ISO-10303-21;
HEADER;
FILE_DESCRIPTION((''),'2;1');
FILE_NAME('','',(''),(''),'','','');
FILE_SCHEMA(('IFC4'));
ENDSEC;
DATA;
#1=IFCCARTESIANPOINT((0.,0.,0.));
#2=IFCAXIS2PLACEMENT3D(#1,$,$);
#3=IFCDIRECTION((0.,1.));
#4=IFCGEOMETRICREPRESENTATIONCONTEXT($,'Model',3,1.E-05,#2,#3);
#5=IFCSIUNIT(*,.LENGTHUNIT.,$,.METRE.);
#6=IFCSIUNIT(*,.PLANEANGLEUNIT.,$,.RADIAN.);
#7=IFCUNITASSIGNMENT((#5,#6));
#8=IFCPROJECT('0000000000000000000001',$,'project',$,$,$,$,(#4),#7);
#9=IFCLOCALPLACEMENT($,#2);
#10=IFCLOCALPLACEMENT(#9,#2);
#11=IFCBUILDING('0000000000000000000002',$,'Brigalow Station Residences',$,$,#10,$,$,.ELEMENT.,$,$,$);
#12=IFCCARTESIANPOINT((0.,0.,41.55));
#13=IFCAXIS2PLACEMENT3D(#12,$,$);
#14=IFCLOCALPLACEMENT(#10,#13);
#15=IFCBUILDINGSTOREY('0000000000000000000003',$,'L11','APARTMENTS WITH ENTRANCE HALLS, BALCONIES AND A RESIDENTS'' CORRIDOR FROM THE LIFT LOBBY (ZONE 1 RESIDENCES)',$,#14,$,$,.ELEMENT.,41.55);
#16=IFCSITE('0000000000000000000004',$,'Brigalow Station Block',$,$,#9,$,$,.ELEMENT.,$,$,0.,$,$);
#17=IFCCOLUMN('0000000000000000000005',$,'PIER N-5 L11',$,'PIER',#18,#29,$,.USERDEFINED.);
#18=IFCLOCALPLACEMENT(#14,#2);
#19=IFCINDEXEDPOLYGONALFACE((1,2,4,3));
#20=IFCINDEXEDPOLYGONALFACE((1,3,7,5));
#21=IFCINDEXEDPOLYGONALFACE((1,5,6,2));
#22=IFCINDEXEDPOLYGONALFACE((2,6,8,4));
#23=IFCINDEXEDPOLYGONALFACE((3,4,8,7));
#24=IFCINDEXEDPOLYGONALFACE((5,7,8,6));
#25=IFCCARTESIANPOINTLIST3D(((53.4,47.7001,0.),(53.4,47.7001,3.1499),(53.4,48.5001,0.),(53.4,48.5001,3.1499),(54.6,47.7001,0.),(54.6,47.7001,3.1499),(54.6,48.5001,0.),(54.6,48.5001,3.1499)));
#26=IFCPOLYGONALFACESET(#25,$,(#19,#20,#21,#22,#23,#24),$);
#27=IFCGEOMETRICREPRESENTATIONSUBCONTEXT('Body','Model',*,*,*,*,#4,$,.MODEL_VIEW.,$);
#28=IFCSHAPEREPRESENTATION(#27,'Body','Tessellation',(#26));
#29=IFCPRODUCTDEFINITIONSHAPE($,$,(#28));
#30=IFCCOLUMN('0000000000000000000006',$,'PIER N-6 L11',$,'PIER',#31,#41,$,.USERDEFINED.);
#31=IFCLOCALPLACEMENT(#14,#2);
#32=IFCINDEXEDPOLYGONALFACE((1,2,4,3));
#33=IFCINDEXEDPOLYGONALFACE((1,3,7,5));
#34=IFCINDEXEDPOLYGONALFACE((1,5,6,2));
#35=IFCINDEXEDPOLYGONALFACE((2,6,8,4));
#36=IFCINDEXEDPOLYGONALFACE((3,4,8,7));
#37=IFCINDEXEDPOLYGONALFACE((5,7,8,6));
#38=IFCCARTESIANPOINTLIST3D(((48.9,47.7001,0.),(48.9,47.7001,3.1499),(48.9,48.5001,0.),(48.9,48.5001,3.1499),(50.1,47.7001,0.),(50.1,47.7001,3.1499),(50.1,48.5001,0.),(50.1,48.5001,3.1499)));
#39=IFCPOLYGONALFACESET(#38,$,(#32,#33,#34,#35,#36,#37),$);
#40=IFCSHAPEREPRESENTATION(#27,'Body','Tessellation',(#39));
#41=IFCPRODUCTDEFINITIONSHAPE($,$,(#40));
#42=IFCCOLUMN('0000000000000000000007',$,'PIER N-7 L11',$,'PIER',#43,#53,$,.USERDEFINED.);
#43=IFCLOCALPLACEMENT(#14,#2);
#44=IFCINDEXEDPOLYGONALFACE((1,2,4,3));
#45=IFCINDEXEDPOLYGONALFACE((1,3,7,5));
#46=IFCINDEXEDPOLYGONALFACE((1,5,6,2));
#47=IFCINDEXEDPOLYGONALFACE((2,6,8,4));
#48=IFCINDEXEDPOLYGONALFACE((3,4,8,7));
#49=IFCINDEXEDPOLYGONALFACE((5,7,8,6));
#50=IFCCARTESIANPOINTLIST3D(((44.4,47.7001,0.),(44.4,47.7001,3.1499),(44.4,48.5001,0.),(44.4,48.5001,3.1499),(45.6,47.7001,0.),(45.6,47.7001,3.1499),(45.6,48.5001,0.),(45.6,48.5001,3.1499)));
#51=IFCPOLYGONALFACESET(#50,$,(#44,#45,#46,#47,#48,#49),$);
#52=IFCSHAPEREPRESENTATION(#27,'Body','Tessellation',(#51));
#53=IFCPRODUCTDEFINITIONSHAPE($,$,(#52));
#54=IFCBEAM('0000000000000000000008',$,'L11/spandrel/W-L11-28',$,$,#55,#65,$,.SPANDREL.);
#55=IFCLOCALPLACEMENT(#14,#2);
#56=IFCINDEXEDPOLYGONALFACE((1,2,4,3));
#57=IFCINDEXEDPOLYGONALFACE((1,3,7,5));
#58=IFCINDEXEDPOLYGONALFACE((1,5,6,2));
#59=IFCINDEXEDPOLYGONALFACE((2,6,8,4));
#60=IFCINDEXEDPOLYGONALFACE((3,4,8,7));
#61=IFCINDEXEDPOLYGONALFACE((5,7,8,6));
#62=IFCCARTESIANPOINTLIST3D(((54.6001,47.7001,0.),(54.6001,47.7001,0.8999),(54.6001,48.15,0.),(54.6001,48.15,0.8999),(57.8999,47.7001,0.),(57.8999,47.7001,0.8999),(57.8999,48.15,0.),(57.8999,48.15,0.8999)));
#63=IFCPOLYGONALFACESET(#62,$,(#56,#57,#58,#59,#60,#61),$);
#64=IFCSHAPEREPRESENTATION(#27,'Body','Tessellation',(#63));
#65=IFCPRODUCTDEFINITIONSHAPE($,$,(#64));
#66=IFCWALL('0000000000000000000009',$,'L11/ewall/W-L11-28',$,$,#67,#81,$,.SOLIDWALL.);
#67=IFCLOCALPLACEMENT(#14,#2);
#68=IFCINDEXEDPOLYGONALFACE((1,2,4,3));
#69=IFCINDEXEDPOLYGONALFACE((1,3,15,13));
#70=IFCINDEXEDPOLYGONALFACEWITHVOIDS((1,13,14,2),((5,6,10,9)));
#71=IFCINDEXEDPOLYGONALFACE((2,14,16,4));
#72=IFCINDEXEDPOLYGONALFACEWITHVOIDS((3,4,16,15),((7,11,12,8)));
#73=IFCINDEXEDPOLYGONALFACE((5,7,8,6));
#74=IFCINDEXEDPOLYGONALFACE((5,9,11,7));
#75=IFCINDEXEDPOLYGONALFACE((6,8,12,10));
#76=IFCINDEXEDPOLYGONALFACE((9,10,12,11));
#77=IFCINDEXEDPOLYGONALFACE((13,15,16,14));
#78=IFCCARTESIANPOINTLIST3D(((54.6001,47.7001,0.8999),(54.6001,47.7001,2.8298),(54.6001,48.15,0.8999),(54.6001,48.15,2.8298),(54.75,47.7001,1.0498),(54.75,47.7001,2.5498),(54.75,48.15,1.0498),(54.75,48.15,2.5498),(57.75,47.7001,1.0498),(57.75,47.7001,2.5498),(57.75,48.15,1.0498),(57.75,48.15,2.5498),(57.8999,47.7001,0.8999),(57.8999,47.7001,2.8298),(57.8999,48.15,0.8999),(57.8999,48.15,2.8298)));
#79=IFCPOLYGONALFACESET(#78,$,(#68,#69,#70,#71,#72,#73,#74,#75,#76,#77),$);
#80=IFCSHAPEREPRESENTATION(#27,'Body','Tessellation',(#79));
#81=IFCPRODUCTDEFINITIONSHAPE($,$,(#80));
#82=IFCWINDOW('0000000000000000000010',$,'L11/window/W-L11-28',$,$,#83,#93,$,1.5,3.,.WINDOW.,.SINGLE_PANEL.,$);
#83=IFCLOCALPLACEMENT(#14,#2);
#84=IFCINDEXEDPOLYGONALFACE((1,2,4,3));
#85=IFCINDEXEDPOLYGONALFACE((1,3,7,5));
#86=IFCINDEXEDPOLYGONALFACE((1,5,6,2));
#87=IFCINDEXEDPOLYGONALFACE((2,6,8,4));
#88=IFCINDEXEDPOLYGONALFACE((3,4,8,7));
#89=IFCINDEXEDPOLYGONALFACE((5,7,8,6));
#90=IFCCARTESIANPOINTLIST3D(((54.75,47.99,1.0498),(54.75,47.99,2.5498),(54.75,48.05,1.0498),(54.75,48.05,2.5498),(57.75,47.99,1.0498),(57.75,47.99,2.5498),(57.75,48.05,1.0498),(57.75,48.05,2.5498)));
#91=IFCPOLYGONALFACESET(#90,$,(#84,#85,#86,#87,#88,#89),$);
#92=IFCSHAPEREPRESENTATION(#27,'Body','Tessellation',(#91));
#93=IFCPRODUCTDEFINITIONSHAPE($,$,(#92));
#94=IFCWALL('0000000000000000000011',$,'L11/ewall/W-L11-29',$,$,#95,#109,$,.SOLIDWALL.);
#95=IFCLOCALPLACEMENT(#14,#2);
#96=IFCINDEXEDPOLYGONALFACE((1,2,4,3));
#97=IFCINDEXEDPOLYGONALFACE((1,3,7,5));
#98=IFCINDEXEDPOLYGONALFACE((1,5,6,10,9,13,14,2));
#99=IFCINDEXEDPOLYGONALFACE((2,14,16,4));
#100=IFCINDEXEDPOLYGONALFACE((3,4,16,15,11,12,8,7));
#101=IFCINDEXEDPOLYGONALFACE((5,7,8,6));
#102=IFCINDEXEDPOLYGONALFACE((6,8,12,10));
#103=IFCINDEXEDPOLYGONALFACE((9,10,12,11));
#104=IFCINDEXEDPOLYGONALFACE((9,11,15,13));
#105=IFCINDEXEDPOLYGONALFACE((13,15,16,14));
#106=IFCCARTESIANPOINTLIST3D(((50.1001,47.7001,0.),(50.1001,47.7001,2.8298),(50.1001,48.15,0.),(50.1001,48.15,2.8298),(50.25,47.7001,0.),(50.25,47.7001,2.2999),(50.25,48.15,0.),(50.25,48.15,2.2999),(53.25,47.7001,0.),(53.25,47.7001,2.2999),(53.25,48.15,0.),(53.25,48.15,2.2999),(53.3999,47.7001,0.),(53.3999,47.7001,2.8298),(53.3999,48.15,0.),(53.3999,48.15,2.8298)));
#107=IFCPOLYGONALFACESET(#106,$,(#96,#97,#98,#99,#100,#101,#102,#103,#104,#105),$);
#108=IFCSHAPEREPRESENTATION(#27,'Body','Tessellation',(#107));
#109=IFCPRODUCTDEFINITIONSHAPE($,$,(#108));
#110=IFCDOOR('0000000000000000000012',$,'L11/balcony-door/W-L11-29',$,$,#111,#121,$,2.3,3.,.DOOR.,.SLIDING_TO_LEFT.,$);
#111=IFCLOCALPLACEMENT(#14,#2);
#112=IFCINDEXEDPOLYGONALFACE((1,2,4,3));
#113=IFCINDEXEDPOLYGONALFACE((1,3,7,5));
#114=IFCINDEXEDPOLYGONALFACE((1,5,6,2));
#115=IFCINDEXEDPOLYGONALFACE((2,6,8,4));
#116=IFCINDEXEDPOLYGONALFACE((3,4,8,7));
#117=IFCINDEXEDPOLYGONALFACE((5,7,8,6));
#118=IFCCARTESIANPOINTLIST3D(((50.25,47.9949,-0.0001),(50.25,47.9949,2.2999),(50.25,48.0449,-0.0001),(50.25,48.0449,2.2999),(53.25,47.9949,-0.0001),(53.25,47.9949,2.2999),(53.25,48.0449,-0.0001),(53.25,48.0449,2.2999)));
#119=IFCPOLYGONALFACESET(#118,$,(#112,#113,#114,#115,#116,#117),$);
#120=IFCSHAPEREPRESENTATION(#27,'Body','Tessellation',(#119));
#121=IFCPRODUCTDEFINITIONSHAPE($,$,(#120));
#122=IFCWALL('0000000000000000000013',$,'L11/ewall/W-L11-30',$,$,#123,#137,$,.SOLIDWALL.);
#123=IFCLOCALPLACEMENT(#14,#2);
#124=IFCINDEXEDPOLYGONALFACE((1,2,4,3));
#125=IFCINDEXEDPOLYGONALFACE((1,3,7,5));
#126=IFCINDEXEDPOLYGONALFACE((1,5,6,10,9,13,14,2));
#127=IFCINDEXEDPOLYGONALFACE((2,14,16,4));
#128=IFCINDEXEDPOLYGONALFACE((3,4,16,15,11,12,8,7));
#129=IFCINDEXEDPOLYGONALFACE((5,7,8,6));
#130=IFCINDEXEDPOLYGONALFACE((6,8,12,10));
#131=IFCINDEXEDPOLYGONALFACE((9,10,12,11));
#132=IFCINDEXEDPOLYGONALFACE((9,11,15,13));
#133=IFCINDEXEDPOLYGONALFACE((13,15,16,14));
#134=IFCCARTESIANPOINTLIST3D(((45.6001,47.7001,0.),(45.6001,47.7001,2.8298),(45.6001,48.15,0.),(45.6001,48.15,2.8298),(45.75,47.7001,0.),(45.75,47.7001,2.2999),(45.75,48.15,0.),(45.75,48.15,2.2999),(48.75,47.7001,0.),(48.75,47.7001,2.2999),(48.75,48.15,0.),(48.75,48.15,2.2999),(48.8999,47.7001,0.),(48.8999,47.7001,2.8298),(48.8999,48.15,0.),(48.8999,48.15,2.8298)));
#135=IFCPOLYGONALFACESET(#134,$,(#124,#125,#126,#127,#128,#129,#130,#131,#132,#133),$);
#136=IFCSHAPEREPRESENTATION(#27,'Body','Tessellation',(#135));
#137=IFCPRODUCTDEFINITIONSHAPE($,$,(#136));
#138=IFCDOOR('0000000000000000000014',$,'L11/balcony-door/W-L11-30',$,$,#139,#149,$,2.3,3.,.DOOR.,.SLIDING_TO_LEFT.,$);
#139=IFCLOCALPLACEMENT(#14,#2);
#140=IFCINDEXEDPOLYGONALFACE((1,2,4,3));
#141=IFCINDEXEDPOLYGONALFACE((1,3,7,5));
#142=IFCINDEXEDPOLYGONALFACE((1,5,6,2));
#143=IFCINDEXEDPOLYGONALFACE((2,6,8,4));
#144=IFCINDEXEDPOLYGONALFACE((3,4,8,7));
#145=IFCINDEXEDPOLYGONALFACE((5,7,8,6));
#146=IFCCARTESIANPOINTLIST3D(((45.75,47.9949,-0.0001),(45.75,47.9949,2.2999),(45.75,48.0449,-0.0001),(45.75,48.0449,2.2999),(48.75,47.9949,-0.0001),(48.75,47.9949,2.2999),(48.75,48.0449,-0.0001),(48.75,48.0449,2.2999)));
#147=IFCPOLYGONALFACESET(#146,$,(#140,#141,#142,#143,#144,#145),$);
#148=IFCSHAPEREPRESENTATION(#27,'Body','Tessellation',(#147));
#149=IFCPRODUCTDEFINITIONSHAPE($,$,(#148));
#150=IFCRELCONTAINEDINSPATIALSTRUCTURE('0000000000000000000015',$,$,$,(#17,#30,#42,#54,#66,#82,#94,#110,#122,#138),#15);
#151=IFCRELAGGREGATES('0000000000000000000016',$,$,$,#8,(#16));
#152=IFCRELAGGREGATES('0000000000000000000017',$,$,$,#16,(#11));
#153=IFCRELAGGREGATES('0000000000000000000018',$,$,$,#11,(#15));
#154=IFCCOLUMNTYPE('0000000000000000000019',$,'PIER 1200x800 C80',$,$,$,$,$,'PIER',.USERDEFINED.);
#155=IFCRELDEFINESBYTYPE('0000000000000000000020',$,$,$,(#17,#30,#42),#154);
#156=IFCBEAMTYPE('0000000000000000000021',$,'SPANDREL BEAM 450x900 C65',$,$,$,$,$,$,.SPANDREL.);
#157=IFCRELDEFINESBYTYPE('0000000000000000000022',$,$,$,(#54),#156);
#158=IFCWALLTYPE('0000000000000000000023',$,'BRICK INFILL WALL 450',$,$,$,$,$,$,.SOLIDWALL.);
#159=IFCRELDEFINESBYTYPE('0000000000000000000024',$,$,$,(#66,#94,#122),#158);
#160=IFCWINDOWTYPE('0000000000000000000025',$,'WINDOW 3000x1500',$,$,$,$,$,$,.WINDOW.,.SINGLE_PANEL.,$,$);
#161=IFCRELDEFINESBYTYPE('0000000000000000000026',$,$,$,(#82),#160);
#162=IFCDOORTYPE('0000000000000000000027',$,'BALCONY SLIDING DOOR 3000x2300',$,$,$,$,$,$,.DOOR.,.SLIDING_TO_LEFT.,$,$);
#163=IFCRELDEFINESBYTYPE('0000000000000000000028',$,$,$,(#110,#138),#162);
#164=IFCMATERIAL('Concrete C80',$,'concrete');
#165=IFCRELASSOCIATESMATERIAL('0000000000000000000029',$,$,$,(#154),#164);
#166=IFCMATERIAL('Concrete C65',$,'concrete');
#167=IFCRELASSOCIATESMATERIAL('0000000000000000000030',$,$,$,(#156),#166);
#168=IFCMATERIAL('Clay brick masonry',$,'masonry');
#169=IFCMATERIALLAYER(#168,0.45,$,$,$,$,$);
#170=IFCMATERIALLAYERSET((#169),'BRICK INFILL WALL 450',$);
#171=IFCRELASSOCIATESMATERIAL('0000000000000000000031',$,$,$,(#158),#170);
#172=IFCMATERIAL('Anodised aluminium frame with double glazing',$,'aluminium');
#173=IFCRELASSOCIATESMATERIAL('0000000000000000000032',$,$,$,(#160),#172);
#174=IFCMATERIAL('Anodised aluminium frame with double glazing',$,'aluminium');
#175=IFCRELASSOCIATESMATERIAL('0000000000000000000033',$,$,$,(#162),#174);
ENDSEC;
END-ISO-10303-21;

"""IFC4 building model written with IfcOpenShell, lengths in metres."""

from ifc_helpers import new_model, si_unit, direction, frame, frame_2d, origin, origin_2d, place, context, subcontext, project, spatial, rectangle, extrude, material, layer, layer_set, material_profile, profile_set, type_object, element, fill, save


model = new_model("IFC4")

# Units and contexts
model_context = context("Model", 3, precision=1e-05, world=origin(), true_north=direction((0.0, 1.0)))
body_context = subcontext(model_context, "Body", "Model", "MODEL_VIEW")
ifc_project = project(units=[si_unit("LENGTHUNIT", "METRE"), si_unit("PLANEANGLEUNIT", "RADIAN")], contexts=[model_context])

# Site, building, storey
site_placement = place(None, origin())
site = spatial("IfcSite", under=ifc_project, at=site_placement, Name="Brigalow Station Block", CompositionType="ELEMENT", RefElevation=0.0)
building_placement = place(site_placement, origin())
building = spatial("IfcBuilding", under=site, at=building_placement, Name="Brigalow Station Residences", CompositionType="ELEMENT")
storey_placement = place(building_placement, frame((0.0, 0.0, 41.55)))
storey = spatial("IfcBuildingStorey", under=building, at=storey_placement, Name="L11", Description="APARTMENTS WITH ENTRANCE HALLS, BALCONIES AND A RESIDENTS' CORRIDOR FROM THE LIFT LOBBY (ZONE 1 RESIDENCES)", CompositionType="ELEMENT", Elevation=41.55)

# Columns
ifc_material_1 = material(Name="Concrete C80", Category="concrete")
ifc_material_profile_1 = material_profile(ifc_material_1, rectangle(XDim=1.2, YDim=0.8, at=origin_2d()), Name="RC1200x800")
ifc_profile_set_1 = profile_set([ifc_material_profile_1], Name="Concrete C80")
column_type = type_object("IfcColumnType", Name="PIER 1200x800 C80", ElementType="PIER", PredefinedType="USERDEFINED", material=ifc_profile_set_1)
for number, where, z_axis, x_axis, name in (
    (1, (54.0, 48.1001, 0.0), (0.0, 0.0, 1.0), (-1.0, 0.0, 0.0), "PIER N-5 L11"),
    (2, (49.5, 48.1001, 0.0), (0.0, 0.0, 1.0), (-1.0, 0.0, 0.0), "PIER N-6 L11"),
    (3, (45.0, 48.1001, 0.0), (0.0, 0.0, 1.0), (-1.0, 0.0, 0.0), "PIER N-7 L11"),
):
    element("IfcColumn", number, at=place(storey_placement, frame(where, z_axis=z_axis, x_axis=x_axis)), inside=storey, type_object=column_type, Name=name, ObjectType="PIER", PredefinedType="USERDEFINED", context=body_context, shape_type="SweptSolid", body=[
        extrude(rectangle(XDim=1.2, YDim=0.8, at=origin_2d()), origin(), (0.0, 0.0, 1.0), 3.1499),
    ])

# Beam
ifc_material_2 = material(Name="Concrete C65", Category="concrete")
ifc_material_profile_2 = material_profile(ifc_material_2, rectangle(XDim=0.45, YDim=0.8999, at=origin_2d()), Name="RC450x900")
ifc_profile_set_2 = profile_set([ifc_material_profile_2], Name="Concrete C65")
beam_type = type_object("IfcBeamType", Name="SPANDREL BEAM 450x900 C65", PredefinedType="SPANDREL", material=ifc_profile_set_2)
beam_placement = place(storey_placement, frame((57.8999, 47.925, 0.45), z_axis=(-1.0, 0.0, 0.0), x_axis=(0.0, -1.0, 0.0)))
element("IfcBeam", 4, at=beam_placement, inside=storey, type_object=beam_type, Name="L11/spandrel/W-L11-28", PredefinedType="SPANDREL", context=body_context, shape_type="SweptSolid", body=[
    extrude(rectangle(XDim=0.45, YDim=0.8999, at=origin_2d()), origin(), (0.0, 0.0, 1.0), 3.2998),
])

# Wall, opening, window
ifc_material_3 = material(Name="Clay brick masonry", Category="masonry")
ifc_layer_1 = layer(ifc_material_3, 0.45)
ifc_layer_set_1 = layer_set([ifc_layer_1], Name="BRICK INFILL WALL 450")
wall_type_1 = type_object("IfcWallType", Name="BRICK INFILL WALL 450", PredefinedType="SOLIDWALL", material=ifc_layer_set_1)
wall_1_placement = place(storey_placement, frame((57.8999, 47.925, 0.8999), z_axis=(0.0, 0.0, 1.0), x_axis=(-1.0, 0.0, 0.0)))
wall_1 = element("IfcWall", 5, at=wall_1_placement, inside=storey, type_object=wall_type_1, Name="L11/ewall/W-L11-28", PredefinedType="SOLIDWALL", context=body_context, shape_type="SweptSolid", body=[
    extrude(rectangle(XDim=3.2998, YDim=0.45, at=frame_2d((1.6499, 0.0))), origin(), (0.0, 0.0, 1.0), 1.9299),
])
opening_1_placement = place(wall_1_placement, frame((0.1499, 0.0, 0.1499)))
opening_1 = element("IfcOpeningElement", 6, at=opening_1_placement, cuts=wall_1, PredefinedType="OPENING", context=body_context, shape_type="SweptSolid", body=[
    extrude(rectangle(XDim=3.0, YDim=1.5, at=frame_2d((1.5, 0.75))), frame((0.0, 0.2349, 0.0), z_axis=(0.0, -1.0, 0.0), x_axis=(1.0, 0.0, 0.0)), (0.0, 0.0, 1.0), 0.47),
])
ifc_material_4 = material(Name="Anodised aluminium frame with double glazing", Category="aluminium")
window_type = type_object("IfcWindowType", Name="WINDOW 3000x1500", PartitioningType="SINGLE_PANEL", PredefinedType="WINDOW", material=ifc_material_4)
window_placement = place(opening_1_placement, origin())
window = element("IfcWindow", 7, at=window_placement, inside=storey, type_object=window_type, Name="L11/window/W-L11-28", OverallHeight=1.5, OverallWidth=3.0, PartitioningType="SINGLE_PANEL", PredefinedType="WINDOW", context=body_context, shape_type="SweptSolid", body=[
    extrude(rectangle(XDim=3.0, YDim=1.5, at=frame_2d((1.5, 0.75))), frame((0.0, -0.0649, 0.0), z_axis=(0.0, -1.0, 0.0), x_axis=(1.0, 0.0, 0.0)), (0.0, 0.0, 1.0), 0.0601),
])
fill(opening_1, window)

# Walls, openings, doors
wall_2_placement = place(storey_placement, frame((53.3999, 47.925, 0.0), z_axis=(0.0, 0.0, 1.0), x_axis=(-1.0, 0.0, 0.0)))
wall_2 = element("IfcWall", 8, at=wall_2_placement, inside=storey, type_object=wall_type_1, Name="L11/ewall/W-L11-29", PredefinedType="SOLIDWALL", context=body_context, shape_type="SweptSolid", body=[
    extrude(rectangle(XDim=3.2998, YDim=0.45, at=frame_2d((1.6499, 0.0))), origin(), (0.0, 0.0, 1.0), 2.8298),
])
opening_2_placement = place(wall_2_placement, frame((0.1499, 0.0, 0.0)))
opening_2 = element("IfcOpeningElement", 9, at=opening_2_placement, cuts=wall_2, PredefinedType="OPENING", context=body_context, shape_type="SweptSolid", body=[
    extrude(rectangle(XDim=3.0, YDim=2.3, at=frame_2d((1.5, 1.1499))), frame((0.0, 0.2349, 0.0), z_axis=(0.0, -1.0, 0.0), x_axis=(1.0, 0.0, 0.0)), (0.0, 0.0, 1.0), 0.47),
])
ifc_material_5 = material(Name="Anodised aluminium frame with double glazing", Category="aluminium")
door_type_1 = type_object("IfcDoorType", Name="BALCONY SLIDING DOOR 3000x2300", OperationType="SLIDING_TO_LEFT", PredefinedType="DOOR", material=ifc_material_5)
door_1_placement = place(opening_2_placement, origin())
door_1 = element("IfcDoor", 10, at=door_1_placement, inside=storey, type_object=door_type_1, Name="L11/balcony-door/W-L11-29", OperationType="SLIDING_TO_LEFT", OverallHeight=2.3, OverallWidth=3.0, PredefinedType="DOOR", context=body_context, shape_type="SweptSolid", body=[
    extrude(rectangle(XDim=3.0, YDim=2.3, at=frame_2d((1.5, 1.1499))), frame((0.0, -0.0698, 0.0), z_axis=(0.0, -1.0, 0.0), x_axis=(1.0, 0.0, 0.0)), (0.0, 0.0, 1.0), 0.05),
])
fill(opening_2, door_1)
wall_3_placement = place(storey_placement, frame((48.8999, 47.925, 0.0), z_axis=(0.0, 0.0, 1.0), x_axis=(-1.0, 0.0, 0.0)))
wall_3 = element("IfcWall", 11, at=wall_3_placement, inside=storey, type_object=wall_type_1, Name="L11/ewall/W-L11-30", PredefinedType="SOLIDWALL", context=body_context, shape_type="SweptSolid", body=[
    extrude(rectangle(XDim=3.2998, YDim=0.45, at=frame_2d((1.6499, 0.0))), origin(), (0.0, 0.0, 1.0), 2.8298),
])
opening_3_placement = place(wall_3_placement, frame((0.1499, 0.0, 0.0)))
opening_3 = element("IfcOpeningElement", 12, at=opening_3_placement, cuts=wall_3, PredefinedType="OPENING", context=body_context, shape_type="SweptSolid", body=[
    extrude(rectangle(XDim=3.0, YDim=2.3, at=frame_2d((1.5, 1.1499))), frame((0.0, 0.2349, 0.0), z_axis=(0.0, -1.0, 0.0), x_axis=(1.0, 0.0, 0.0)), (0.0, 0.0, 1.0), 0.47),
])
door_2_placement = place(opening_3_placement, origin())
door_2 = element("IfcDoor", 13, at=door_2_placement, inside=storey, type_object=door_type_1, Name="L11/balcony-door/W-L11-30", OperationType="SLIDING_TO_LEFT", OverallHeight=2.3, OverallWidth=3.0, PredefinedType="DOOR", context=body_context, shape_type="SweptSolid", body=[
    extrude(rectangle(XDim=3.0, YDim=2.3, at=frame_2d((1.5, 1.1499))), frame((0.0, -0.0698, 0.0), z_axis=(0.0, -1.0, 0.0), x_axis=(1.0, 0.0, 0.0)), (0.0, 0.0, 1.0), 0.05),
])
fill(opening_3, door_2)

save(model, "model.ifc")
